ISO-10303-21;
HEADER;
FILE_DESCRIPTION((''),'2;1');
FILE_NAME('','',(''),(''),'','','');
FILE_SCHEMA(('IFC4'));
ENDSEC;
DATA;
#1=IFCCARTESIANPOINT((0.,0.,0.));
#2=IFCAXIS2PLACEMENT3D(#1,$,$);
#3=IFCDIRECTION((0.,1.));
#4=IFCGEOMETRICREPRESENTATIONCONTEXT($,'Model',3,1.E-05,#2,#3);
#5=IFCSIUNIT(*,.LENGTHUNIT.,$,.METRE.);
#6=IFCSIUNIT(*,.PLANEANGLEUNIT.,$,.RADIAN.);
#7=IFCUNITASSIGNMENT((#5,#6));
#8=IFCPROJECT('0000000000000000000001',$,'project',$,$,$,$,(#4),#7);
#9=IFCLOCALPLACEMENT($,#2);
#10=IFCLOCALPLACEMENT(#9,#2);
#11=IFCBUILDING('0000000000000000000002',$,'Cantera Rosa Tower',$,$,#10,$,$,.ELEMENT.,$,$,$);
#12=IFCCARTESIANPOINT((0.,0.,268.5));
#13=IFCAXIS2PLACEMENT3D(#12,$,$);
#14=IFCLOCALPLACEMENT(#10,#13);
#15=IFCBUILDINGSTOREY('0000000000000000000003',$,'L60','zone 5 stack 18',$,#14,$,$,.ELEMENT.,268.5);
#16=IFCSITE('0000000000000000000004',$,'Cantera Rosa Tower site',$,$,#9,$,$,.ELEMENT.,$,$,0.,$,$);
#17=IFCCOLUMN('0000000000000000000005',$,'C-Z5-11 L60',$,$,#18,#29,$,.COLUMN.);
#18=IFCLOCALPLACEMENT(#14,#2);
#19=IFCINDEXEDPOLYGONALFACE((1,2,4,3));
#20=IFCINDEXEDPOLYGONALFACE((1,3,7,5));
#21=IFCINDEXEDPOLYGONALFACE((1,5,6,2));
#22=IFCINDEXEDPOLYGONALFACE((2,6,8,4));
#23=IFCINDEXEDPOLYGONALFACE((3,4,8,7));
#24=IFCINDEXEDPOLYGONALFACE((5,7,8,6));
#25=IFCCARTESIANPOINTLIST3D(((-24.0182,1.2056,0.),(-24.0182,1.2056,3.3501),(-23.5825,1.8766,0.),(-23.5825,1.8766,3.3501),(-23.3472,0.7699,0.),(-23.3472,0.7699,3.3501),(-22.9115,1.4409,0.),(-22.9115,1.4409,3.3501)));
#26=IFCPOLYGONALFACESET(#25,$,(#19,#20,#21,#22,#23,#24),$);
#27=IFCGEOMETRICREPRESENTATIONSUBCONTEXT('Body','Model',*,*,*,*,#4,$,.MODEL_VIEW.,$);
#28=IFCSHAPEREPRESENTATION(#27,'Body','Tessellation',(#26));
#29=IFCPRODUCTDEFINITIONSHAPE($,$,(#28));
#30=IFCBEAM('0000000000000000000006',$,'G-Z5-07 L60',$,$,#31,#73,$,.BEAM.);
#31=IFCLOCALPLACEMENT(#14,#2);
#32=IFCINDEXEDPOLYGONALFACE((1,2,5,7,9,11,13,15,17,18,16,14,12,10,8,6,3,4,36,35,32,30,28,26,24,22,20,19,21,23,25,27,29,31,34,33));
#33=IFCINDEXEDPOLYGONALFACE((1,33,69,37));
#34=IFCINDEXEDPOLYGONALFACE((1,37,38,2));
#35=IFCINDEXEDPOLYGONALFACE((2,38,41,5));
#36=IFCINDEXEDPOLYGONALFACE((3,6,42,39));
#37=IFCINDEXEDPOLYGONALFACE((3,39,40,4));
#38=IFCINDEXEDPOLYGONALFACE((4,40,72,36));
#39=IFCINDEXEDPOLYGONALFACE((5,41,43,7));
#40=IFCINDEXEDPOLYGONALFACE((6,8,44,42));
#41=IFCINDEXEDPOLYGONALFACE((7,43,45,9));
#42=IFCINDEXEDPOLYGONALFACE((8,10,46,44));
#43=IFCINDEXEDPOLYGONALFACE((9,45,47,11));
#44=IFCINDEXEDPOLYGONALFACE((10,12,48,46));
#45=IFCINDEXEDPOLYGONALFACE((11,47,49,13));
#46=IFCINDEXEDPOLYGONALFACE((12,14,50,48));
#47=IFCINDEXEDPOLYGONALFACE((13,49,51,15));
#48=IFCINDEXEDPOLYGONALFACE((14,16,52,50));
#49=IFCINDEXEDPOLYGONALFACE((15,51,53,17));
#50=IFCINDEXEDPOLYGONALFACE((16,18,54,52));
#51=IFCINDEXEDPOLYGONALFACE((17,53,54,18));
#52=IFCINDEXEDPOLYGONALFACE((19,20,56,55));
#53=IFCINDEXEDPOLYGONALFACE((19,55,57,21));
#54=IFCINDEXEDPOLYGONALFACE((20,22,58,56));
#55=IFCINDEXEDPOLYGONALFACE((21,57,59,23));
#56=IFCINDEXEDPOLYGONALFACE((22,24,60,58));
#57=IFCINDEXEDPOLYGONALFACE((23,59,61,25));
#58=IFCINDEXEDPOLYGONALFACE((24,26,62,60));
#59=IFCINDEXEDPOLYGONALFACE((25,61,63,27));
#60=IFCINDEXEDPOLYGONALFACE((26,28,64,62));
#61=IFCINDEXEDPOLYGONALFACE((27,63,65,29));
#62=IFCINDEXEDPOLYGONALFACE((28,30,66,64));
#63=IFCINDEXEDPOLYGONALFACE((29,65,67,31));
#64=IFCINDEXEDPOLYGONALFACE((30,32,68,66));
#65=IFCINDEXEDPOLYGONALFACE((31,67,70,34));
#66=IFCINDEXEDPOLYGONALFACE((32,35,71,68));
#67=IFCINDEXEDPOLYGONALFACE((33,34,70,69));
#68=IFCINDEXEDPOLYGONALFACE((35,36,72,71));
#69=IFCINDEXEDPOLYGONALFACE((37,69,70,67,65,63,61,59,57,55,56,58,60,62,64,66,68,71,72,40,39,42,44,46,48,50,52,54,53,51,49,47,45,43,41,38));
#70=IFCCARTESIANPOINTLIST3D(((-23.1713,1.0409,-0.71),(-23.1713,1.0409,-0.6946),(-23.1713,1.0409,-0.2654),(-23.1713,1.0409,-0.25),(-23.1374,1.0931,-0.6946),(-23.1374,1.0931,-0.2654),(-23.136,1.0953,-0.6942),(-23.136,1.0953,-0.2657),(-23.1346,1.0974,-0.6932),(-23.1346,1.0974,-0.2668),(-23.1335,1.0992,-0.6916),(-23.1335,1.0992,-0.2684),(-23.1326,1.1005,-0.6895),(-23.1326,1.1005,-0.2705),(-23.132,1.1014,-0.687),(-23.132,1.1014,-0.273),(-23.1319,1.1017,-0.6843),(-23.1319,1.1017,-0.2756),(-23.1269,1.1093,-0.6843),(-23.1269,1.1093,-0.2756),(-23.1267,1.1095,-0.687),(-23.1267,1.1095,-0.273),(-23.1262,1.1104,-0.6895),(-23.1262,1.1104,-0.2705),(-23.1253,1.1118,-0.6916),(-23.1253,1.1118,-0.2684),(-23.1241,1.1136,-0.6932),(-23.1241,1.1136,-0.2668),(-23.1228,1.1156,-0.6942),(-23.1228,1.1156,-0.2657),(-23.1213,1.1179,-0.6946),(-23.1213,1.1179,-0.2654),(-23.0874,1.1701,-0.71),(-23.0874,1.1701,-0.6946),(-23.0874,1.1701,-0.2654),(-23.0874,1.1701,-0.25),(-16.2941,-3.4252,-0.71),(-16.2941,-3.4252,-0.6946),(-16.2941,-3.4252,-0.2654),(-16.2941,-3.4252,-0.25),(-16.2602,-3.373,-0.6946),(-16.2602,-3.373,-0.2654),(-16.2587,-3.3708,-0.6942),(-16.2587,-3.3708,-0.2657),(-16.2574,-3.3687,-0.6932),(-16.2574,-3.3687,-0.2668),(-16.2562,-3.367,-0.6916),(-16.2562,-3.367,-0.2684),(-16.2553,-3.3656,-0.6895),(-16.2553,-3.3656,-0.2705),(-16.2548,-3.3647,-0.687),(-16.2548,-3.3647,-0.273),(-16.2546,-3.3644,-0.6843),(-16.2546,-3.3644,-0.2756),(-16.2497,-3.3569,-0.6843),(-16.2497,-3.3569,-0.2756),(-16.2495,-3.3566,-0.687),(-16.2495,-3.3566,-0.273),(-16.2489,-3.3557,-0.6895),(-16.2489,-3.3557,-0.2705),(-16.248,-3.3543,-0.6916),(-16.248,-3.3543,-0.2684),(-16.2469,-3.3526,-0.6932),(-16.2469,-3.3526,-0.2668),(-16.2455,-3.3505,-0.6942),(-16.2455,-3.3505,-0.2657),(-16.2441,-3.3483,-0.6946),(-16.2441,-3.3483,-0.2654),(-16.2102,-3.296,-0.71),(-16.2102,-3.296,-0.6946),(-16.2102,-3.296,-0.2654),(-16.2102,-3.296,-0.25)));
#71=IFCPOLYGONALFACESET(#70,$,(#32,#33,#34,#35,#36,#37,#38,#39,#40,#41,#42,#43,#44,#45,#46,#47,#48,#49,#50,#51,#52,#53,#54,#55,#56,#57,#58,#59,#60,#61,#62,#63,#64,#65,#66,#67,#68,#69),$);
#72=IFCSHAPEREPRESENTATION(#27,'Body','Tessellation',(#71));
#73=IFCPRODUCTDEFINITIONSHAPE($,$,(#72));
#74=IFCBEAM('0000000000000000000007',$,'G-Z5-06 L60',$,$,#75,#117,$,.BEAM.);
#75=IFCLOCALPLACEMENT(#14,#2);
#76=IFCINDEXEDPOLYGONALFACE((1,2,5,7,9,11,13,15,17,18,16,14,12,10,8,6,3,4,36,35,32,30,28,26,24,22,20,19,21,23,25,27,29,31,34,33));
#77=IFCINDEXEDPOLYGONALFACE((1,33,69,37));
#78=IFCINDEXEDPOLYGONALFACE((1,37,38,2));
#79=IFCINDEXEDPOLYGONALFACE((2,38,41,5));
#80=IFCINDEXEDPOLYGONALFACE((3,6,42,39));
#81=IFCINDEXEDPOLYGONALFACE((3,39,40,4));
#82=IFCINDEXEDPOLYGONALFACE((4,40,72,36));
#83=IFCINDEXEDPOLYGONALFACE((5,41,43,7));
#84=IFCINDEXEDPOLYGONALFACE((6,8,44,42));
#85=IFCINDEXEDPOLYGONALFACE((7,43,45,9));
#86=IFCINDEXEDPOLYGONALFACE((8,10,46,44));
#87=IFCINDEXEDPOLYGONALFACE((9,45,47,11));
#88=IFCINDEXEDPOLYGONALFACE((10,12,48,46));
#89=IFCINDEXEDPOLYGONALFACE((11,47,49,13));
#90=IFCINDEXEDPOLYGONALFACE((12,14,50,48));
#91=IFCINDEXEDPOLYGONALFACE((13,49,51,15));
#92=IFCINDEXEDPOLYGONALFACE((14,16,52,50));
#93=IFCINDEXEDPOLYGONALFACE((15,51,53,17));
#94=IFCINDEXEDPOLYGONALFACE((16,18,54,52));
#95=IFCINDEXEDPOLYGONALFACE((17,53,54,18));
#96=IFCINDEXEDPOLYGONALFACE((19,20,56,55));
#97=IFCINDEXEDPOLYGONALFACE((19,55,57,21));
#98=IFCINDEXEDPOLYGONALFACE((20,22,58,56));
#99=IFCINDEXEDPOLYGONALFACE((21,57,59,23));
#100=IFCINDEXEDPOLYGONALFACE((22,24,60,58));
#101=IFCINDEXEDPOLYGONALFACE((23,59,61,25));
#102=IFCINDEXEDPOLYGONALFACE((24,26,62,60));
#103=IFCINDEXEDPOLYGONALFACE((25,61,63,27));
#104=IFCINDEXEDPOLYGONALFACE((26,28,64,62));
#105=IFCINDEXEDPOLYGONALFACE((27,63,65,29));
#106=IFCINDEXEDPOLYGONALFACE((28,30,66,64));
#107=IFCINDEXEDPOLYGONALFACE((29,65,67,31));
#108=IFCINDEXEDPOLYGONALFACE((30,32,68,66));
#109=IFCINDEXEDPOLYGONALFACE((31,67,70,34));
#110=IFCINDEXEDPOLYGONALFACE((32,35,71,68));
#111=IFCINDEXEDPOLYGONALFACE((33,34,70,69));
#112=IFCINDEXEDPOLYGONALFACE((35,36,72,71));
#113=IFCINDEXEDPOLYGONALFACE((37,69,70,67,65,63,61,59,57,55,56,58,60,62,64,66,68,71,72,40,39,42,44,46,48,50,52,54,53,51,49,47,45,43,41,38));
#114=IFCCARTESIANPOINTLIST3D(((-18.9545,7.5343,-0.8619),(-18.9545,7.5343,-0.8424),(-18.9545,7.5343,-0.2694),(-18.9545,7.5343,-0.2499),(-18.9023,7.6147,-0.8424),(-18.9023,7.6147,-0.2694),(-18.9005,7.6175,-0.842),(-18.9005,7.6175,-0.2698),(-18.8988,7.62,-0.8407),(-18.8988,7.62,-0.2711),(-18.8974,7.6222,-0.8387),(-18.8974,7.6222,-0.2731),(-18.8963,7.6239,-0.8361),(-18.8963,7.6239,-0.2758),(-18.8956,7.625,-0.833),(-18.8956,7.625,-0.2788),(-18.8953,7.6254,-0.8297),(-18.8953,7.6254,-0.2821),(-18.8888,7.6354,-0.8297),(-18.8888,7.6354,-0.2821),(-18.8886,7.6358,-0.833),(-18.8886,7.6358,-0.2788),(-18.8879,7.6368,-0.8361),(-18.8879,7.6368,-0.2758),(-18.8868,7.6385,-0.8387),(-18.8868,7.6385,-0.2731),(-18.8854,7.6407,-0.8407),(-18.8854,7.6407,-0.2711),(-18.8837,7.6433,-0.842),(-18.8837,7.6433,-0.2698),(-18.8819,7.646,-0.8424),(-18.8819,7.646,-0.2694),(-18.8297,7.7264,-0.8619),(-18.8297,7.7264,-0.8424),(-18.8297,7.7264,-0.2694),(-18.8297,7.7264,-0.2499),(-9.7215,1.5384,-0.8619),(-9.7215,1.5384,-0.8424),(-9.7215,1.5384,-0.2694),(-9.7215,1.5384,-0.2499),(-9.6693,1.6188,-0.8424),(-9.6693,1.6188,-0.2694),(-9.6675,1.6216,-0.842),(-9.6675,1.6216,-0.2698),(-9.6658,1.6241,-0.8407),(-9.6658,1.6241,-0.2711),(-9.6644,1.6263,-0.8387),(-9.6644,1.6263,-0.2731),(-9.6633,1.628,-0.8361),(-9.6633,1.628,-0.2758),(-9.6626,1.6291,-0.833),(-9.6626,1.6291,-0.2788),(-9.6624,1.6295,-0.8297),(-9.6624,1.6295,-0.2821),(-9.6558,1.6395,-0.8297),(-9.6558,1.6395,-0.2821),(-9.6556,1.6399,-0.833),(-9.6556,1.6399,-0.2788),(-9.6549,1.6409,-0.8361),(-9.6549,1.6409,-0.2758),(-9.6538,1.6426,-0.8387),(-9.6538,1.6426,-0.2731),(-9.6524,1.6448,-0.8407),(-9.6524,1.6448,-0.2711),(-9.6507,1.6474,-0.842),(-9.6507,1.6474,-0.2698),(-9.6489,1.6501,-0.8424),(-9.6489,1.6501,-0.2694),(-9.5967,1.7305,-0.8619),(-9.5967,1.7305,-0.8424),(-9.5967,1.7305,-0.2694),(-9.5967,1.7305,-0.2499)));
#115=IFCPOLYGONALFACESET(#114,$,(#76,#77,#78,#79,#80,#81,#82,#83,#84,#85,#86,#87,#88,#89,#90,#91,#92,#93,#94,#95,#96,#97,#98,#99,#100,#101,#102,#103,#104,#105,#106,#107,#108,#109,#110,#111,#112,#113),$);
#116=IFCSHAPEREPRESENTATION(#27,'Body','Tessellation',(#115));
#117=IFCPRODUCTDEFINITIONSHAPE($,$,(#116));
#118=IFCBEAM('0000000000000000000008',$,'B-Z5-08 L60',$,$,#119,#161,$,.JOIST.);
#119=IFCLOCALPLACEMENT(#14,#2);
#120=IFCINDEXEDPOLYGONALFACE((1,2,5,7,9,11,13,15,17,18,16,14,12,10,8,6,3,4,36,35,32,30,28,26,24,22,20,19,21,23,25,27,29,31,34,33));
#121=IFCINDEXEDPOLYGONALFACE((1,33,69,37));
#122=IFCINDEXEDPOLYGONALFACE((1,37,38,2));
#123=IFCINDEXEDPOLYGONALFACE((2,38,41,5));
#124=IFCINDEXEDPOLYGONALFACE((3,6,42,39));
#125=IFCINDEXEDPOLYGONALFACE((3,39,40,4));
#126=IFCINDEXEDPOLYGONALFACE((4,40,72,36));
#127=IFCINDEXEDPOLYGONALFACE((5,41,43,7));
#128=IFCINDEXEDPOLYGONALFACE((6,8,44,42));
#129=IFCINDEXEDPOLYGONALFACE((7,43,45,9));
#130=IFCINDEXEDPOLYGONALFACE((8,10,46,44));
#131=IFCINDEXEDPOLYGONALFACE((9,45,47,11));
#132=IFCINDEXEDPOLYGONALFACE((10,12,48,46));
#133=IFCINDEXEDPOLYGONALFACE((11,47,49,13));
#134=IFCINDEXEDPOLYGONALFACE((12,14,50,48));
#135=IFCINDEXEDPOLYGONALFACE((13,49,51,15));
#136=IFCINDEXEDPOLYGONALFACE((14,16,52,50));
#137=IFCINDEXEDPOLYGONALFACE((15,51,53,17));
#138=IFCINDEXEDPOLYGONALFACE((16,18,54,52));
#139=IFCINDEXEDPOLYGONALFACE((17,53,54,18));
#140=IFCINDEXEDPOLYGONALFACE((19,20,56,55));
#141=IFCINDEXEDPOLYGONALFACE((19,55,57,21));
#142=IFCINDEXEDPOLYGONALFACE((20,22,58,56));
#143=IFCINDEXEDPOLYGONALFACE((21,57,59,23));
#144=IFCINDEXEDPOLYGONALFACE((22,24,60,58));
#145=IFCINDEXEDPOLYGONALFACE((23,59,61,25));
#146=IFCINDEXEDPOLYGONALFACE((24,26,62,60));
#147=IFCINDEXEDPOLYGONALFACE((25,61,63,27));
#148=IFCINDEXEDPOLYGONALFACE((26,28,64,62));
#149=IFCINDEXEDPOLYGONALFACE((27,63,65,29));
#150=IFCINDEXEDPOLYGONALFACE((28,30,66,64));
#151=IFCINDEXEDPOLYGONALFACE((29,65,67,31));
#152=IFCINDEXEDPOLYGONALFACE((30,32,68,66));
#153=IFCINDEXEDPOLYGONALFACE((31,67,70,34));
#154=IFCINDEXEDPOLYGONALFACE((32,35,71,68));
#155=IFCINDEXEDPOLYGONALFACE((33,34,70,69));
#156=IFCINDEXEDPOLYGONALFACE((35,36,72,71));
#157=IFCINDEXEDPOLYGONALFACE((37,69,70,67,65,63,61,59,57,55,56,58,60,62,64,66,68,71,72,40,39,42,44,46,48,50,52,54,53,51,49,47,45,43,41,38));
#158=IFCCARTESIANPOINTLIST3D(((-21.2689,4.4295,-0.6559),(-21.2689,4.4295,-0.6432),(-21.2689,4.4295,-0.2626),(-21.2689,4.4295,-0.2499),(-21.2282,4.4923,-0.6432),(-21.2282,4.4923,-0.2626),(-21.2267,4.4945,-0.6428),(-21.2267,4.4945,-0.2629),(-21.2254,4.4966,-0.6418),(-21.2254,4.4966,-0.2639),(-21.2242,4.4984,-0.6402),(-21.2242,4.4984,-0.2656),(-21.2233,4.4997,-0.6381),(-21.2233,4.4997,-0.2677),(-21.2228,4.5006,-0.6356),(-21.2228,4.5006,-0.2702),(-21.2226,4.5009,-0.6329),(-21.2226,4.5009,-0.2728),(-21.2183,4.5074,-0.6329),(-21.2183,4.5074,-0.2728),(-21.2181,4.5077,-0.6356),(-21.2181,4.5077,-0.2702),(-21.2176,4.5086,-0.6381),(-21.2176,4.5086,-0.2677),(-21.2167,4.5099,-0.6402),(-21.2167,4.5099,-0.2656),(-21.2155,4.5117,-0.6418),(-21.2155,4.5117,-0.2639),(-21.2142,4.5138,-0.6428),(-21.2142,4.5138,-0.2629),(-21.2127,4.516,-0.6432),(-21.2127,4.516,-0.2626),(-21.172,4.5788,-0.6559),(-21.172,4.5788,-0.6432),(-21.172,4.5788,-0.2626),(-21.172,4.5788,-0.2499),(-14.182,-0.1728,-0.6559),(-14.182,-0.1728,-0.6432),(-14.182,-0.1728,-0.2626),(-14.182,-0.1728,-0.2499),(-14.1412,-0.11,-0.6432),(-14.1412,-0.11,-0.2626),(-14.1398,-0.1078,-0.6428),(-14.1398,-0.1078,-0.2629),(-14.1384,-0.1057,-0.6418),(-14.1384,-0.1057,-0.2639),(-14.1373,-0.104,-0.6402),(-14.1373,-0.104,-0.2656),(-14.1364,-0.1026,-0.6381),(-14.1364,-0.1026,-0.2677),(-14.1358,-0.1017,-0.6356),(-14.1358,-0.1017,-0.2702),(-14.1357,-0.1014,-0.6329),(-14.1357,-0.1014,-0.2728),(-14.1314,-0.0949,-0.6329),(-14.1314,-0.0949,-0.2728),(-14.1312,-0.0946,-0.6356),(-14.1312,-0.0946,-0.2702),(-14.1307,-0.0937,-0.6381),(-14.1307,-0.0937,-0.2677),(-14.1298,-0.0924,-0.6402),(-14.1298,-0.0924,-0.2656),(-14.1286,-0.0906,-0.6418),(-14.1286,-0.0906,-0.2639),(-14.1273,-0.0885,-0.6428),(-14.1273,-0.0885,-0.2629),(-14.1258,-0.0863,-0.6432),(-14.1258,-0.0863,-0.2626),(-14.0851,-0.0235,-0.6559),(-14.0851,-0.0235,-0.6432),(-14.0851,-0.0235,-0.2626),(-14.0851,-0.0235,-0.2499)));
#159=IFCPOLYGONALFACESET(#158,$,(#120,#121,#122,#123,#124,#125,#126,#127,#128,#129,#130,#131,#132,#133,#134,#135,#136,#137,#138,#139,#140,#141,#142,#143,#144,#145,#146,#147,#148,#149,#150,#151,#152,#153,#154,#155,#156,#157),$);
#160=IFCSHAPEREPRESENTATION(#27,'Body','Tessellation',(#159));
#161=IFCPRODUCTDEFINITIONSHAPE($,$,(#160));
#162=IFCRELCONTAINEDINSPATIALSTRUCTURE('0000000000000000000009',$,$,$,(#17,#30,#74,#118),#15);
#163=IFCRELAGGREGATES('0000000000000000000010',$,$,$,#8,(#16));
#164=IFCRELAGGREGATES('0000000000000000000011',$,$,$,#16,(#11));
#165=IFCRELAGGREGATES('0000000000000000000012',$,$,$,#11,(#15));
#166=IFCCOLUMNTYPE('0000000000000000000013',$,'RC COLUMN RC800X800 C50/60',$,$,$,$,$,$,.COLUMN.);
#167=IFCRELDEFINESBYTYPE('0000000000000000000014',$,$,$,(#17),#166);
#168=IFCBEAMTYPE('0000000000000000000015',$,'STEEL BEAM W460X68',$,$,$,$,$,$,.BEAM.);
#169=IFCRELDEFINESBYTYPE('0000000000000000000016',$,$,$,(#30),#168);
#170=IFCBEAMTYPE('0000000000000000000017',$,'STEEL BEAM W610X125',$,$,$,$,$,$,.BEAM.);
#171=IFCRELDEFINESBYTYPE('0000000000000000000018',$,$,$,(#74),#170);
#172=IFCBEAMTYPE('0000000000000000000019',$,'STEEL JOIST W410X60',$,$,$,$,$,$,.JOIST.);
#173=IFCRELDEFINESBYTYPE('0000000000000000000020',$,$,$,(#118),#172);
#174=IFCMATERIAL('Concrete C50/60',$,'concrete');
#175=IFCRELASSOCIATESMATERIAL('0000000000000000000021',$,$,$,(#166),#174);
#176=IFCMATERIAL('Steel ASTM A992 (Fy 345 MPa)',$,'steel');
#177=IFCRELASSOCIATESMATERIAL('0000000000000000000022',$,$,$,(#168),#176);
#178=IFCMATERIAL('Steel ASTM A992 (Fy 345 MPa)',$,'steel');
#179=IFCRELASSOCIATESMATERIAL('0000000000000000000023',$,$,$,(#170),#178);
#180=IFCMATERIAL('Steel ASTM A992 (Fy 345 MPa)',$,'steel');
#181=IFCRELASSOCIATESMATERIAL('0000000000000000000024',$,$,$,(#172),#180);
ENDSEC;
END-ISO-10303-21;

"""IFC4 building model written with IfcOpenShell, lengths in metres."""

from ifc_helpers import new_model, si_unit, direction, frame, origin, origin_2d, place, context, subcontext, project, spatial, rectangle, i_section, extrude, material, material_profile, profile_set, type_object, element, save


model = new_model("IFC4")

# Units and contexts
model_context = context("Model", 3, precision=1e-05, world=origin(), true_north=direction((0.0, 1.0)))
body_context = subcontext(model_context, "Body", "Model", "MODEL_VIEW")
ifc_project = project(units=[si_unit("LENGTHUNIT", "METRE"), si_unit("PLANEANGLEUNIT", "RADIAN")], contexts=[model_context])

# Site, building, storey
site_placement = place(None, origin())
site = spatial("IfcSite", under=ifc_project, at=site_placement, Name="Cantera Rosa Tower site", CompositionType="ELEMENT", RefElevation=0.0)
building_placement = place(site_placement, origin())
building = spatial("IfcBuilding", under=site, at=building_placement, Name="Cantera Rosa Tower", CompositionType="ELEMENT")
storey_placement = place(building_placement, frame((0.0, 0.0, 268.5)))
storey = spatial("IfcBuildingStorey", under=building, at=storey_placement, Name="L60", Description="zone 5 stack 18", CompositionType="ELEMENT", Elevation=268.5)

# Column
ifc_material_1 = material(Name="Concrete C50/60", Category="concrete")
ifc_material_profile_1 = material_profile(ifc_material_1, rectangle(XDim=0.8, YDim=0.8, at=origin_2d()), Name="RC COLUMN RC800X800 C50/60")
ifc_profile_set_1 = profile_set([ifc_material_profile_1], Name="Concrete C50/60")
column_type = type_object("IfcColumnType", Name="RC COLUMN RC800X800 C50/60", PredefinedType="COLUMN", material=ifc_profile_set_1)
column_placement = place(storey_placement, frame((-23.4648, 1.3232, 0.0), z_axis=(0.0, 0.0, 1.0), x_axis=(0.544639, 0.838671, 0.0)))
element("IfcColumn", 1, at=column_placement, inside=storey, type_object=column_type, Name="C-Z5-11 L60", PredefinedType="COLUMN", context=body_context, shape_type="SweptSolid", body=[
    extrude(rectangle(XDim=0.8, YDim=0.8, at=origin_2d()), origin(), (0.0, 0.0, 1.0), 3.3501),
])

# Beams
ifc_material_2 = material(Name="Steel ASTM A992 (Fy 345 MPa)", Category="steel")
ifc_material_profile_2 = material_profile(ifc_material_2, i_section(OverallWidth=0.1541, OverallDepth=0.46, WebThickness=0.009, FlangeThickness=0.0154, FilletRadius=0.0103, at=origin_2d()), Name="W460X68")
ifc_profile_set_2 = profile_set([ifc_material_profile_2], Name="Steel ASTM A992 (Fy 345 MPa)")
beam_type_1 = type_object("IfcBeamType", Name="STEEL BEAM W460X68", PredefinedType="BEAM", material=ifc_profile_set_2)
beam_1_placement = place(storey_placement, frame((-23.1294, 1.1055, -0.48), z_axis=(0.838673, -0.544636, 0.0), x_axis=(0.544636, 0.838673, 0.0)))
element("IfcBeam", 2, at=beam_1_placement, inside=storey, type_object=beam_type_1, Name="G-Z5-07 L60", PredefinedType="BEAM", context=body_context, shape_type="SweptSolid", body=[
    extrude(i_section(OverallWidth=0.1541, OverallDepth=0.46, WebThickness=0.009, FlangeThickness=0.0154, FilletRadius=0.0103, at=origin_2d()), origin(), (0.0, 0.0, 1.0), 8.2002),
])
ifc_material_3 = material(Name="Steel ASTM A992 (Fy 345 MPa)", Category="steel")
ifc_material_profile_3 = material_profile(ifc_material_3, i_section(OverallWidth=0.229, OverallDepth=0.6121, WebThickness=0.012, FlangeThickness=0.0195, FilletRadius=0.0127, at=origin_2d()), Name="W610X125")
ifc_profile_set_3 = profile_set([ifc_material_profile_3], Name="Steel ASTM A992 (Fy 345 MPa)")
beam_type_2 = type_object("IfcBeamType", Name="STEEL BEAM W610X125", PredefinedType="BEAM", material=ifc_profile_set_3)
beam_2_placement = place(storey_placement, frame((-18.8921, 7.6304, -0.5559), z_axis=(0.838674, -0.544634, 0.0), x_axis=(0.544634, 0.838674, 0.0)))
element("IfcBeam", 3, at=beam_2_placement, inside=storey, type_object=beam_type_2, Name="G-Z5-06 L60", PredefinedType="BEAM", context=body_context, shape_type="SweptSolid", body=[
    extrude(i_section(OverallWidth=0.229, OverallDepth=0.6121, WebThickness=0.012, FlangeThickness=0.0195, FilletRadius=0.0127, at=origin_2d()), origin(), (0.0, 0.0, 1.0), 11.009),
])
ifc_material_4 = material(Name="Steel ASTM A992 (Fy 345 MPa)", Category="steel")
ifc_material_profile_4 = material_profile(ifc_material_4, i_section(OverallWidth=0.178, OverallDepth=0.406, WebThickness=0.0078, FlangeThickness=0.0127, FilletRadius=0.0103, at=origin_2d()), Name="W410X60")
ifc_profile_set_4 = profile_set([ifc_material_profile_4], Name="Steel ASTM A992 (Fy 345 MPa)")
beam_type_3 = type_object("IfcBeamType", Name="STEEL JOIST W410X60", PredefinedType="JOIST", material=ifc_profile_set_4)
beam_3_placement = place(storey_placement, frame((-21.2205, 4.5042, -0.4529), z_axis=(0.838671, -0.544639, 0.0), x_axis=(0.544639, 0.838671, 0.0)))
element("IfcBeam", 4, at=beam_3_placement, inside=storey, type_object=beam_type_3, Name="B-Z5-08 L60", PredefinedType="JOIST", context=body_context, shape_type="SweptSolid", body=[
    extrude(i_section(OverallWidth=0.178, OverallDepth=0.406, WebThickness=0.0078, FlangeThickness=0.0127, FilletRadius=0.0103, at=origin_2d()), origin(), (0.0, 0.0, 1.0), 8.4502),
])

save(model, "model.ifc")
